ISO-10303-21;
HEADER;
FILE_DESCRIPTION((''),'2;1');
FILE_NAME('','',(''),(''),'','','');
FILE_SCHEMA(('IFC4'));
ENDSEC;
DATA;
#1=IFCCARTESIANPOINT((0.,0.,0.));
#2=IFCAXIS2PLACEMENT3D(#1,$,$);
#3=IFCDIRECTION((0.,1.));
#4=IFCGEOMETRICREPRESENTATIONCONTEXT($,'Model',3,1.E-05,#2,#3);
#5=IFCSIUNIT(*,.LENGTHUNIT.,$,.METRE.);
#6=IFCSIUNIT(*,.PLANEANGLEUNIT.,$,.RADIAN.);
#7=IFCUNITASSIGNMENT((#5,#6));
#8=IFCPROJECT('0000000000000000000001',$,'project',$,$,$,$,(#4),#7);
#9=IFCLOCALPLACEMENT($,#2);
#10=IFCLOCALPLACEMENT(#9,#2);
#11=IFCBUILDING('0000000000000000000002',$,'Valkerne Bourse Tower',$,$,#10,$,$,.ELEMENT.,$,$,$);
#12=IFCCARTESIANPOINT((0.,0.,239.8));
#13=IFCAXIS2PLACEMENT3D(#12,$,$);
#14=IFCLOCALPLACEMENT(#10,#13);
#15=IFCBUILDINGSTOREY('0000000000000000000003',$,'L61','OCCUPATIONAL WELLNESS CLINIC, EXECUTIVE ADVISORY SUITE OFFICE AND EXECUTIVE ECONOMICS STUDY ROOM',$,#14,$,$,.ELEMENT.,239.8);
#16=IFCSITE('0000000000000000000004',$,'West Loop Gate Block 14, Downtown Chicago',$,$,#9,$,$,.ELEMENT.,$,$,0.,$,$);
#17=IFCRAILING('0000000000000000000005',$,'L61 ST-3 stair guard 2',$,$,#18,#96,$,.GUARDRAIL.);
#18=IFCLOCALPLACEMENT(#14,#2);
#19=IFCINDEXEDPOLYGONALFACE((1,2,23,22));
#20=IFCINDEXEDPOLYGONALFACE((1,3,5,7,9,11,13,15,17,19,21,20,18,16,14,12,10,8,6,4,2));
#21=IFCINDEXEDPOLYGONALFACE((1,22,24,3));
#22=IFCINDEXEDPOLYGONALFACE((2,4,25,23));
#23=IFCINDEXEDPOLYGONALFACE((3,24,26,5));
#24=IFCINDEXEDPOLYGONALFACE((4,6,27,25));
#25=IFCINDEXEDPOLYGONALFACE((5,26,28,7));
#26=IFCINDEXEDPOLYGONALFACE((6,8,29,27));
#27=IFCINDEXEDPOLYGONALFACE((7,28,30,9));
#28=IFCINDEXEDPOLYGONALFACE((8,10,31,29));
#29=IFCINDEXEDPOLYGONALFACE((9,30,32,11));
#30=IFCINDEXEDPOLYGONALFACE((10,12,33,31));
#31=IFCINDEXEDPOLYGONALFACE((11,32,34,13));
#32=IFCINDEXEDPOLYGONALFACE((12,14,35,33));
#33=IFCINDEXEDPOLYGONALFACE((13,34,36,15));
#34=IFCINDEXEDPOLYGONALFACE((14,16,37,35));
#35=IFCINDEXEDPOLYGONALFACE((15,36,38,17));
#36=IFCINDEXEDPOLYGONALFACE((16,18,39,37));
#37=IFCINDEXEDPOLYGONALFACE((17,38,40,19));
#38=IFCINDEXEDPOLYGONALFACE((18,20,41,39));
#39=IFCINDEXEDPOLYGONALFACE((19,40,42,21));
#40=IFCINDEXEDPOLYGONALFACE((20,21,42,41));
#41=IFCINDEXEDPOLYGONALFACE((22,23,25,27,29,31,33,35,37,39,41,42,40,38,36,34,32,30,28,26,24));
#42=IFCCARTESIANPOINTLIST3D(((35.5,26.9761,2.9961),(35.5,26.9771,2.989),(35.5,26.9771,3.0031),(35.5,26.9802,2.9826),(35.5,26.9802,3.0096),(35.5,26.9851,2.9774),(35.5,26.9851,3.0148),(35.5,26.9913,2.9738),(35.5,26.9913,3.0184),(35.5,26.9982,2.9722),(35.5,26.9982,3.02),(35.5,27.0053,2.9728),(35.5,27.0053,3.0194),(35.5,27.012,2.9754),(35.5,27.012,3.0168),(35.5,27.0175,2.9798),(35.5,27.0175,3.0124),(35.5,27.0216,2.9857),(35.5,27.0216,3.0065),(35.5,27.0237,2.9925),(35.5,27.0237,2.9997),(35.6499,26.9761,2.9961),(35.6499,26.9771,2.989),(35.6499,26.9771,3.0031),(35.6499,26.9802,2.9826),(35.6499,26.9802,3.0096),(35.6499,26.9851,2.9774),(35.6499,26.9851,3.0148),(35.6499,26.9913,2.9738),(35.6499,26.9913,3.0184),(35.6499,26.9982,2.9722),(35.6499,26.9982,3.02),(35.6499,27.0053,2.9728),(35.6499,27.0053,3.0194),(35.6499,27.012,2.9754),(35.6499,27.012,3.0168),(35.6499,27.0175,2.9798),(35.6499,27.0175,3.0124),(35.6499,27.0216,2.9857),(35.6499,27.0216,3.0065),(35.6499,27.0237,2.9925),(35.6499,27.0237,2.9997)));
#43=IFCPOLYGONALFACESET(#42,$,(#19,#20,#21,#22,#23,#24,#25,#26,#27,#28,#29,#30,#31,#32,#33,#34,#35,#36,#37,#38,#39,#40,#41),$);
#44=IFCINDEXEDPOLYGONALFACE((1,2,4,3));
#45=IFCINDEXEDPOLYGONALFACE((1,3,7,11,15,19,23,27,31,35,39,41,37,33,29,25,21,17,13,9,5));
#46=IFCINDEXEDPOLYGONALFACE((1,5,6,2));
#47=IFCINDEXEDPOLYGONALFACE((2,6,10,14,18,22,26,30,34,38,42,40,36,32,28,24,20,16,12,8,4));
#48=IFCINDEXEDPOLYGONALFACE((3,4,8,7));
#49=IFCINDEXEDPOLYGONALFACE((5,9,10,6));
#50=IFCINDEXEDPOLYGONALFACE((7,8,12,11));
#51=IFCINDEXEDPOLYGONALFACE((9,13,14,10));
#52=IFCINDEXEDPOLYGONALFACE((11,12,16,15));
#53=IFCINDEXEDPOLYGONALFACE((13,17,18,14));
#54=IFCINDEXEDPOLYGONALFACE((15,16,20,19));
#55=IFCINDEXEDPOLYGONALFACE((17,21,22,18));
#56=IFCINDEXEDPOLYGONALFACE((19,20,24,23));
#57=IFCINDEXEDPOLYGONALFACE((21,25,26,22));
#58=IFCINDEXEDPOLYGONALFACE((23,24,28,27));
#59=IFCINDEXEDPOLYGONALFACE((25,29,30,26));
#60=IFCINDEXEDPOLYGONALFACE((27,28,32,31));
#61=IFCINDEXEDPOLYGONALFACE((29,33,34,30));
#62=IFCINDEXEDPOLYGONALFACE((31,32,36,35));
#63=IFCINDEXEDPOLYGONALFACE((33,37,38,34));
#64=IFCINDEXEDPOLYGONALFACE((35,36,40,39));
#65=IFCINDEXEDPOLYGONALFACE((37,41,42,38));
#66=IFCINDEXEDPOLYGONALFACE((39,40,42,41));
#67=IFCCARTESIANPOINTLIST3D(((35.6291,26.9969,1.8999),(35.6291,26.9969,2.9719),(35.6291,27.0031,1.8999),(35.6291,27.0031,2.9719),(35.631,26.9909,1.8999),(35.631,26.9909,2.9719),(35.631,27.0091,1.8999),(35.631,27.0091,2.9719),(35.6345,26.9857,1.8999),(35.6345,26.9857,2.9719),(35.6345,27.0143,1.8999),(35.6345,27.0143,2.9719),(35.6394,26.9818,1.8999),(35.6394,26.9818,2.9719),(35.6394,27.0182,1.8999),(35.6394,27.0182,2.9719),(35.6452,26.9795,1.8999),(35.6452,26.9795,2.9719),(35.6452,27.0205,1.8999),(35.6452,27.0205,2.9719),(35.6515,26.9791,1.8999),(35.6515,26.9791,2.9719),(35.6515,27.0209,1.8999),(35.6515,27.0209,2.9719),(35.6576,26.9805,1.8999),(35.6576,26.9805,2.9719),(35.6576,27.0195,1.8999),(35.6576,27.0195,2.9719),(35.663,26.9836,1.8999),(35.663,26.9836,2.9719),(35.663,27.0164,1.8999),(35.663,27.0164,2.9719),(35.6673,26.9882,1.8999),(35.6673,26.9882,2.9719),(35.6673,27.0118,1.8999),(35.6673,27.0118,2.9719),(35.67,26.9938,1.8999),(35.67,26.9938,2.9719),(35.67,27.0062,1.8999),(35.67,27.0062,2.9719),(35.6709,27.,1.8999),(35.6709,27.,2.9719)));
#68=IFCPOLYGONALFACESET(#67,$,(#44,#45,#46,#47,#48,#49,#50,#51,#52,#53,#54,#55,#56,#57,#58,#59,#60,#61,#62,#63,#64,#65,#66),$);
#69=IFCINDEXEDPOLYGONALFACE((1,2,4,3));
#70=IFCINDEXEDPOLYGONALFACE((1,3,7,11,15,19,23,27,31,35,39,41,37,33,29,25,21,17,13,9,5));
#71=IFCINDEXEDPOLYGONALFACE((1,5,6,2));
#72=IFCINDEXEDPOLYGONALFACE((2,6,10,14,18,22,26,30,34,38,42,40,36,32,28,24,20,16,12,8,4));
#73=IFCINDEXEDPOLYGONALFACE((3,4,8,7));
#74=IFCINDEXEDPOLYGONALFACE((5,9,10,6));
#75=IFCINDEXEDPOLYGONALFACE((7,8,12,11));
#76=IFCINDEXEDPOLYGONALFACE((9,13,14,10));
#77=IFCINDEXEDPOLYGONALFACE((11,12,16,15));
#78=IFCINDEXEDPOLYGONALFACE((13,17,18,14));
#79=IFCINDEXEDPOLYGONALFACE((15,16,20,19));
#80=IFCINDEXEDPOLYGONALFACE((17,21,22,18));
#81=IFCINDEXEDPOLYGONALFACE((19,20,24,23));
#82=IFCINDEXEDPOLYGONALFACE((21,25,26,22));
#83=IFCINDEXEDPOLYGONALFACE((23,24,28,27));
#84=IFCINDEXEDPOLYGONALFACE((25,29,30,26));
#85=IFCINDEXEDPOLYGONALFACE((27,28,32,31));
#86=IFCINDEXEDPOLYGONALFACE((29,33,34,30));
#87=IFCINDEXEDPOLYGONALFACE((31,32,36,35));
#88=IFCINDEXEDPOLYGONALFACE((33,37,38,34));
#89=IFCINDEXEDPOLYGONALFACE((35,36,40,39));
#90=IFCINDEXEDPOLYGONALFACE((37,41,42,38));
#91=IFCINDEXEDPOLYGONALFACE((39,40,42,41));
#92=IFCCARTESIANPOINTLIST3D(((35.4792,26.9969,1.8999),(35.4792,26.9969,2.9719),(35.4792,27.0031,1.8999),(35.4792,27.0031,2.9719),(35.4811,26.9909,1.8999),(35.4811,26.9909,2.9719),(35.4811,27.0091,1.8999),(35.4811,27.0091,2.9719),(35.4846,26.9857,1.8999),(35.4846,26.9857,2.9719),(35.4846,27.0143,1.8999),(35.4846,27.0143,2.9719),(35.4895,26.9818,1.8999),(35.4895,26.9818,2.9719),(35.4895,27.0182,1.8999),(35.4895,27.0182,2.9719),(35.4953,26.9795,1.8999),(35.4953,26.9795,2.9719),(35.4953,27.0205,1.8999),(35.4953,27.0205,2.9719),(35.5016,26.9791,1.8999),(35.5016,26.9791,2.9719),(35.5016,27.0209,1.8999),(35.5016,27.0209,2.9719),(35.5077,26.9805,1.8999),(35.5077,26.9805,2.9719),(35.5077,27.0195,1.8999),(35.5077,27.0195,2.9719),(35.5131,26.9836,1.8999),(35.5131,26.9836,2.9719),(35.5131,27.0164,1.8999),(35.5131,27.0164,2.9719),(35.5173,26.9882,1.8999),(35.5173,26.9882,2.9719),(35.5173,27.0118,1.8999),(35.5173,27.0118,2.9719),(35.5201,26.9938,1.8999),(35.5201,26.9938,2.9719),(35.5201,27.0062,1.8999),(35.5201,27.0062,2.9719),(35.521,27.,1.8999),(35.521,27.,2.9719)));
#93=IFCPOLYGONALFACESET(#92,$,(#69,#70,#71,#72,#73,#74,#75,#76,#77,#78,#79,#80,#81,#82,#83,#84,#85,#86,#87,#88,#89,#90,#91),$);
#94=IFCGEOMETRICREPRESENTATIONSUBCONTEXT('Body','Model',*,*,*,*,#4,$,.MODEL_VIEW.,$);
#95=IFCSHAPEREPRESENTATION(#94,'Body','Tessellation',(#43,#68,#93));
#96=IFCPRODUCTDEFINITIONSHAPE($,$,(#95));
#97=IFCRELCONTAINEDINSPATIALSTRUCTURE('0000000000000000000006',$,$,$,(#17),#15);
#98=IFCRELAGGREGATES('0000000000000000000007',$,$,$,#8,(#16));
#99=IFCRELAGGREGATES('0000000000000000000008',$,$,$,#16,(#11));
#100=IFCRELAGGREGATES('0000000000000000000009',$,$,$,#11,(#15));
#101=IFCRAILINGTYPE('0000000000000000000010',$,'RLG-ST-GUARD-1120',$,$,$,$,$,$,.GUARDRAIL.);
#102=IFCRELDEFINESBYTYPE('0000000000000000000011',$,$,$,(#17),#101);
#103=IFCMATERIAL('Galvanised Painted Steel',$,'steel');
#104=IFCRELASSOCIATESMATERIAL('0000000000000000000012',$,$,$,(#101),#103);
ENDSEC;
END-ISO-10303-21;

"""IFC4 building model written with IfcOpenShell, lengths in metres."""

from ifc_helpers import new_model, si_unit, direction, frame, origin, origin_2d, place, context, subcontext, project, spatial, circle, extrude, material, type_object, element, save


model = new_model("IFC4")

# Units and contexts
model_context = context("Model", 3, precision=1e-05, world=origin(), true_north=direction((0.0, 1.0)))
body_context = subcontext(model_context, "Body", "Model", "MODEL_VIEW")
ifc_project = project(units=[si_unit("LENGTHUNIT", "METRE"), si_unit("PLANEANGLEUNIT", "RADIAN")], contexts=[model_context])

# Site, building, storey
site_placement = place(None, origin())
site = spatial("IfcSite", under=ifc_project, at=site_placement, Name="West Loop Gate Block 14, Downtown Chicago", CompositionType="ELEMENT", RefElevation=0.0)
building_placement = place(site_placement, origin())
building = spatial("IfcBuilding", under=site, at=building_placement, Name="Valkerne Bourse Tower", CompositionType="ELEMENT")
storey_placement = place(building_placement, frame((0.0, 0.0, 239.8)))
storey = spatial("IfcBuildingStorey", under=building, at=storey_placement, Name="L61", Description="OCCUPATIONAL WELLNESS CLINIC, EXECUTIVE ADVISORY SUITE OFFICE AND EXECUTIVE ECONOMICS STUDY ROOM", CompositionType="ELEMENT", Elevation=239.8)

# Railing
ifc_material_1 = material(Name="Galvanised Painted Steel", Category="steel")
railing_type_1 = type_object("IfcRailingType", Name="RLG-ST-GUARD-1120", PredefinedType="GUARDRAIL", material=ifc_material_1)
railing_1_placement = place(storey_placement, frame((35.6499, 27.0, 1.8999)))
element("IfcRailing", 1, at=railing_1_placement, inside=storey, type_object=railing_type_1, Name="L61 ST-3 stair guard 2", PredefinedType="GUARDRAIL", context=body_context, shape_type="SweptSolid", body=[
    extrude(circle(Radius=0.0239, at=origin_2d()), frame((0.0, 0.0, 1.0962), z_axis=(-1.0, 0.0, 0.0), x_axis=(0.0, -1.0, 0.0)), (0.0, 0.0, 1.0), 0.1499),
    extrude(circle(Radius=0.021, at=origin_2d()), origin(), (0.0, 0.0, 1.0), 1.072),
    extrude(circle(Radius=0.021, at=origin_2d()), frame((-0.1499, 0.0, 0.0)), (0.0, 0.0, 1.0), 1.072),
])

save(model, "model.ifc")
